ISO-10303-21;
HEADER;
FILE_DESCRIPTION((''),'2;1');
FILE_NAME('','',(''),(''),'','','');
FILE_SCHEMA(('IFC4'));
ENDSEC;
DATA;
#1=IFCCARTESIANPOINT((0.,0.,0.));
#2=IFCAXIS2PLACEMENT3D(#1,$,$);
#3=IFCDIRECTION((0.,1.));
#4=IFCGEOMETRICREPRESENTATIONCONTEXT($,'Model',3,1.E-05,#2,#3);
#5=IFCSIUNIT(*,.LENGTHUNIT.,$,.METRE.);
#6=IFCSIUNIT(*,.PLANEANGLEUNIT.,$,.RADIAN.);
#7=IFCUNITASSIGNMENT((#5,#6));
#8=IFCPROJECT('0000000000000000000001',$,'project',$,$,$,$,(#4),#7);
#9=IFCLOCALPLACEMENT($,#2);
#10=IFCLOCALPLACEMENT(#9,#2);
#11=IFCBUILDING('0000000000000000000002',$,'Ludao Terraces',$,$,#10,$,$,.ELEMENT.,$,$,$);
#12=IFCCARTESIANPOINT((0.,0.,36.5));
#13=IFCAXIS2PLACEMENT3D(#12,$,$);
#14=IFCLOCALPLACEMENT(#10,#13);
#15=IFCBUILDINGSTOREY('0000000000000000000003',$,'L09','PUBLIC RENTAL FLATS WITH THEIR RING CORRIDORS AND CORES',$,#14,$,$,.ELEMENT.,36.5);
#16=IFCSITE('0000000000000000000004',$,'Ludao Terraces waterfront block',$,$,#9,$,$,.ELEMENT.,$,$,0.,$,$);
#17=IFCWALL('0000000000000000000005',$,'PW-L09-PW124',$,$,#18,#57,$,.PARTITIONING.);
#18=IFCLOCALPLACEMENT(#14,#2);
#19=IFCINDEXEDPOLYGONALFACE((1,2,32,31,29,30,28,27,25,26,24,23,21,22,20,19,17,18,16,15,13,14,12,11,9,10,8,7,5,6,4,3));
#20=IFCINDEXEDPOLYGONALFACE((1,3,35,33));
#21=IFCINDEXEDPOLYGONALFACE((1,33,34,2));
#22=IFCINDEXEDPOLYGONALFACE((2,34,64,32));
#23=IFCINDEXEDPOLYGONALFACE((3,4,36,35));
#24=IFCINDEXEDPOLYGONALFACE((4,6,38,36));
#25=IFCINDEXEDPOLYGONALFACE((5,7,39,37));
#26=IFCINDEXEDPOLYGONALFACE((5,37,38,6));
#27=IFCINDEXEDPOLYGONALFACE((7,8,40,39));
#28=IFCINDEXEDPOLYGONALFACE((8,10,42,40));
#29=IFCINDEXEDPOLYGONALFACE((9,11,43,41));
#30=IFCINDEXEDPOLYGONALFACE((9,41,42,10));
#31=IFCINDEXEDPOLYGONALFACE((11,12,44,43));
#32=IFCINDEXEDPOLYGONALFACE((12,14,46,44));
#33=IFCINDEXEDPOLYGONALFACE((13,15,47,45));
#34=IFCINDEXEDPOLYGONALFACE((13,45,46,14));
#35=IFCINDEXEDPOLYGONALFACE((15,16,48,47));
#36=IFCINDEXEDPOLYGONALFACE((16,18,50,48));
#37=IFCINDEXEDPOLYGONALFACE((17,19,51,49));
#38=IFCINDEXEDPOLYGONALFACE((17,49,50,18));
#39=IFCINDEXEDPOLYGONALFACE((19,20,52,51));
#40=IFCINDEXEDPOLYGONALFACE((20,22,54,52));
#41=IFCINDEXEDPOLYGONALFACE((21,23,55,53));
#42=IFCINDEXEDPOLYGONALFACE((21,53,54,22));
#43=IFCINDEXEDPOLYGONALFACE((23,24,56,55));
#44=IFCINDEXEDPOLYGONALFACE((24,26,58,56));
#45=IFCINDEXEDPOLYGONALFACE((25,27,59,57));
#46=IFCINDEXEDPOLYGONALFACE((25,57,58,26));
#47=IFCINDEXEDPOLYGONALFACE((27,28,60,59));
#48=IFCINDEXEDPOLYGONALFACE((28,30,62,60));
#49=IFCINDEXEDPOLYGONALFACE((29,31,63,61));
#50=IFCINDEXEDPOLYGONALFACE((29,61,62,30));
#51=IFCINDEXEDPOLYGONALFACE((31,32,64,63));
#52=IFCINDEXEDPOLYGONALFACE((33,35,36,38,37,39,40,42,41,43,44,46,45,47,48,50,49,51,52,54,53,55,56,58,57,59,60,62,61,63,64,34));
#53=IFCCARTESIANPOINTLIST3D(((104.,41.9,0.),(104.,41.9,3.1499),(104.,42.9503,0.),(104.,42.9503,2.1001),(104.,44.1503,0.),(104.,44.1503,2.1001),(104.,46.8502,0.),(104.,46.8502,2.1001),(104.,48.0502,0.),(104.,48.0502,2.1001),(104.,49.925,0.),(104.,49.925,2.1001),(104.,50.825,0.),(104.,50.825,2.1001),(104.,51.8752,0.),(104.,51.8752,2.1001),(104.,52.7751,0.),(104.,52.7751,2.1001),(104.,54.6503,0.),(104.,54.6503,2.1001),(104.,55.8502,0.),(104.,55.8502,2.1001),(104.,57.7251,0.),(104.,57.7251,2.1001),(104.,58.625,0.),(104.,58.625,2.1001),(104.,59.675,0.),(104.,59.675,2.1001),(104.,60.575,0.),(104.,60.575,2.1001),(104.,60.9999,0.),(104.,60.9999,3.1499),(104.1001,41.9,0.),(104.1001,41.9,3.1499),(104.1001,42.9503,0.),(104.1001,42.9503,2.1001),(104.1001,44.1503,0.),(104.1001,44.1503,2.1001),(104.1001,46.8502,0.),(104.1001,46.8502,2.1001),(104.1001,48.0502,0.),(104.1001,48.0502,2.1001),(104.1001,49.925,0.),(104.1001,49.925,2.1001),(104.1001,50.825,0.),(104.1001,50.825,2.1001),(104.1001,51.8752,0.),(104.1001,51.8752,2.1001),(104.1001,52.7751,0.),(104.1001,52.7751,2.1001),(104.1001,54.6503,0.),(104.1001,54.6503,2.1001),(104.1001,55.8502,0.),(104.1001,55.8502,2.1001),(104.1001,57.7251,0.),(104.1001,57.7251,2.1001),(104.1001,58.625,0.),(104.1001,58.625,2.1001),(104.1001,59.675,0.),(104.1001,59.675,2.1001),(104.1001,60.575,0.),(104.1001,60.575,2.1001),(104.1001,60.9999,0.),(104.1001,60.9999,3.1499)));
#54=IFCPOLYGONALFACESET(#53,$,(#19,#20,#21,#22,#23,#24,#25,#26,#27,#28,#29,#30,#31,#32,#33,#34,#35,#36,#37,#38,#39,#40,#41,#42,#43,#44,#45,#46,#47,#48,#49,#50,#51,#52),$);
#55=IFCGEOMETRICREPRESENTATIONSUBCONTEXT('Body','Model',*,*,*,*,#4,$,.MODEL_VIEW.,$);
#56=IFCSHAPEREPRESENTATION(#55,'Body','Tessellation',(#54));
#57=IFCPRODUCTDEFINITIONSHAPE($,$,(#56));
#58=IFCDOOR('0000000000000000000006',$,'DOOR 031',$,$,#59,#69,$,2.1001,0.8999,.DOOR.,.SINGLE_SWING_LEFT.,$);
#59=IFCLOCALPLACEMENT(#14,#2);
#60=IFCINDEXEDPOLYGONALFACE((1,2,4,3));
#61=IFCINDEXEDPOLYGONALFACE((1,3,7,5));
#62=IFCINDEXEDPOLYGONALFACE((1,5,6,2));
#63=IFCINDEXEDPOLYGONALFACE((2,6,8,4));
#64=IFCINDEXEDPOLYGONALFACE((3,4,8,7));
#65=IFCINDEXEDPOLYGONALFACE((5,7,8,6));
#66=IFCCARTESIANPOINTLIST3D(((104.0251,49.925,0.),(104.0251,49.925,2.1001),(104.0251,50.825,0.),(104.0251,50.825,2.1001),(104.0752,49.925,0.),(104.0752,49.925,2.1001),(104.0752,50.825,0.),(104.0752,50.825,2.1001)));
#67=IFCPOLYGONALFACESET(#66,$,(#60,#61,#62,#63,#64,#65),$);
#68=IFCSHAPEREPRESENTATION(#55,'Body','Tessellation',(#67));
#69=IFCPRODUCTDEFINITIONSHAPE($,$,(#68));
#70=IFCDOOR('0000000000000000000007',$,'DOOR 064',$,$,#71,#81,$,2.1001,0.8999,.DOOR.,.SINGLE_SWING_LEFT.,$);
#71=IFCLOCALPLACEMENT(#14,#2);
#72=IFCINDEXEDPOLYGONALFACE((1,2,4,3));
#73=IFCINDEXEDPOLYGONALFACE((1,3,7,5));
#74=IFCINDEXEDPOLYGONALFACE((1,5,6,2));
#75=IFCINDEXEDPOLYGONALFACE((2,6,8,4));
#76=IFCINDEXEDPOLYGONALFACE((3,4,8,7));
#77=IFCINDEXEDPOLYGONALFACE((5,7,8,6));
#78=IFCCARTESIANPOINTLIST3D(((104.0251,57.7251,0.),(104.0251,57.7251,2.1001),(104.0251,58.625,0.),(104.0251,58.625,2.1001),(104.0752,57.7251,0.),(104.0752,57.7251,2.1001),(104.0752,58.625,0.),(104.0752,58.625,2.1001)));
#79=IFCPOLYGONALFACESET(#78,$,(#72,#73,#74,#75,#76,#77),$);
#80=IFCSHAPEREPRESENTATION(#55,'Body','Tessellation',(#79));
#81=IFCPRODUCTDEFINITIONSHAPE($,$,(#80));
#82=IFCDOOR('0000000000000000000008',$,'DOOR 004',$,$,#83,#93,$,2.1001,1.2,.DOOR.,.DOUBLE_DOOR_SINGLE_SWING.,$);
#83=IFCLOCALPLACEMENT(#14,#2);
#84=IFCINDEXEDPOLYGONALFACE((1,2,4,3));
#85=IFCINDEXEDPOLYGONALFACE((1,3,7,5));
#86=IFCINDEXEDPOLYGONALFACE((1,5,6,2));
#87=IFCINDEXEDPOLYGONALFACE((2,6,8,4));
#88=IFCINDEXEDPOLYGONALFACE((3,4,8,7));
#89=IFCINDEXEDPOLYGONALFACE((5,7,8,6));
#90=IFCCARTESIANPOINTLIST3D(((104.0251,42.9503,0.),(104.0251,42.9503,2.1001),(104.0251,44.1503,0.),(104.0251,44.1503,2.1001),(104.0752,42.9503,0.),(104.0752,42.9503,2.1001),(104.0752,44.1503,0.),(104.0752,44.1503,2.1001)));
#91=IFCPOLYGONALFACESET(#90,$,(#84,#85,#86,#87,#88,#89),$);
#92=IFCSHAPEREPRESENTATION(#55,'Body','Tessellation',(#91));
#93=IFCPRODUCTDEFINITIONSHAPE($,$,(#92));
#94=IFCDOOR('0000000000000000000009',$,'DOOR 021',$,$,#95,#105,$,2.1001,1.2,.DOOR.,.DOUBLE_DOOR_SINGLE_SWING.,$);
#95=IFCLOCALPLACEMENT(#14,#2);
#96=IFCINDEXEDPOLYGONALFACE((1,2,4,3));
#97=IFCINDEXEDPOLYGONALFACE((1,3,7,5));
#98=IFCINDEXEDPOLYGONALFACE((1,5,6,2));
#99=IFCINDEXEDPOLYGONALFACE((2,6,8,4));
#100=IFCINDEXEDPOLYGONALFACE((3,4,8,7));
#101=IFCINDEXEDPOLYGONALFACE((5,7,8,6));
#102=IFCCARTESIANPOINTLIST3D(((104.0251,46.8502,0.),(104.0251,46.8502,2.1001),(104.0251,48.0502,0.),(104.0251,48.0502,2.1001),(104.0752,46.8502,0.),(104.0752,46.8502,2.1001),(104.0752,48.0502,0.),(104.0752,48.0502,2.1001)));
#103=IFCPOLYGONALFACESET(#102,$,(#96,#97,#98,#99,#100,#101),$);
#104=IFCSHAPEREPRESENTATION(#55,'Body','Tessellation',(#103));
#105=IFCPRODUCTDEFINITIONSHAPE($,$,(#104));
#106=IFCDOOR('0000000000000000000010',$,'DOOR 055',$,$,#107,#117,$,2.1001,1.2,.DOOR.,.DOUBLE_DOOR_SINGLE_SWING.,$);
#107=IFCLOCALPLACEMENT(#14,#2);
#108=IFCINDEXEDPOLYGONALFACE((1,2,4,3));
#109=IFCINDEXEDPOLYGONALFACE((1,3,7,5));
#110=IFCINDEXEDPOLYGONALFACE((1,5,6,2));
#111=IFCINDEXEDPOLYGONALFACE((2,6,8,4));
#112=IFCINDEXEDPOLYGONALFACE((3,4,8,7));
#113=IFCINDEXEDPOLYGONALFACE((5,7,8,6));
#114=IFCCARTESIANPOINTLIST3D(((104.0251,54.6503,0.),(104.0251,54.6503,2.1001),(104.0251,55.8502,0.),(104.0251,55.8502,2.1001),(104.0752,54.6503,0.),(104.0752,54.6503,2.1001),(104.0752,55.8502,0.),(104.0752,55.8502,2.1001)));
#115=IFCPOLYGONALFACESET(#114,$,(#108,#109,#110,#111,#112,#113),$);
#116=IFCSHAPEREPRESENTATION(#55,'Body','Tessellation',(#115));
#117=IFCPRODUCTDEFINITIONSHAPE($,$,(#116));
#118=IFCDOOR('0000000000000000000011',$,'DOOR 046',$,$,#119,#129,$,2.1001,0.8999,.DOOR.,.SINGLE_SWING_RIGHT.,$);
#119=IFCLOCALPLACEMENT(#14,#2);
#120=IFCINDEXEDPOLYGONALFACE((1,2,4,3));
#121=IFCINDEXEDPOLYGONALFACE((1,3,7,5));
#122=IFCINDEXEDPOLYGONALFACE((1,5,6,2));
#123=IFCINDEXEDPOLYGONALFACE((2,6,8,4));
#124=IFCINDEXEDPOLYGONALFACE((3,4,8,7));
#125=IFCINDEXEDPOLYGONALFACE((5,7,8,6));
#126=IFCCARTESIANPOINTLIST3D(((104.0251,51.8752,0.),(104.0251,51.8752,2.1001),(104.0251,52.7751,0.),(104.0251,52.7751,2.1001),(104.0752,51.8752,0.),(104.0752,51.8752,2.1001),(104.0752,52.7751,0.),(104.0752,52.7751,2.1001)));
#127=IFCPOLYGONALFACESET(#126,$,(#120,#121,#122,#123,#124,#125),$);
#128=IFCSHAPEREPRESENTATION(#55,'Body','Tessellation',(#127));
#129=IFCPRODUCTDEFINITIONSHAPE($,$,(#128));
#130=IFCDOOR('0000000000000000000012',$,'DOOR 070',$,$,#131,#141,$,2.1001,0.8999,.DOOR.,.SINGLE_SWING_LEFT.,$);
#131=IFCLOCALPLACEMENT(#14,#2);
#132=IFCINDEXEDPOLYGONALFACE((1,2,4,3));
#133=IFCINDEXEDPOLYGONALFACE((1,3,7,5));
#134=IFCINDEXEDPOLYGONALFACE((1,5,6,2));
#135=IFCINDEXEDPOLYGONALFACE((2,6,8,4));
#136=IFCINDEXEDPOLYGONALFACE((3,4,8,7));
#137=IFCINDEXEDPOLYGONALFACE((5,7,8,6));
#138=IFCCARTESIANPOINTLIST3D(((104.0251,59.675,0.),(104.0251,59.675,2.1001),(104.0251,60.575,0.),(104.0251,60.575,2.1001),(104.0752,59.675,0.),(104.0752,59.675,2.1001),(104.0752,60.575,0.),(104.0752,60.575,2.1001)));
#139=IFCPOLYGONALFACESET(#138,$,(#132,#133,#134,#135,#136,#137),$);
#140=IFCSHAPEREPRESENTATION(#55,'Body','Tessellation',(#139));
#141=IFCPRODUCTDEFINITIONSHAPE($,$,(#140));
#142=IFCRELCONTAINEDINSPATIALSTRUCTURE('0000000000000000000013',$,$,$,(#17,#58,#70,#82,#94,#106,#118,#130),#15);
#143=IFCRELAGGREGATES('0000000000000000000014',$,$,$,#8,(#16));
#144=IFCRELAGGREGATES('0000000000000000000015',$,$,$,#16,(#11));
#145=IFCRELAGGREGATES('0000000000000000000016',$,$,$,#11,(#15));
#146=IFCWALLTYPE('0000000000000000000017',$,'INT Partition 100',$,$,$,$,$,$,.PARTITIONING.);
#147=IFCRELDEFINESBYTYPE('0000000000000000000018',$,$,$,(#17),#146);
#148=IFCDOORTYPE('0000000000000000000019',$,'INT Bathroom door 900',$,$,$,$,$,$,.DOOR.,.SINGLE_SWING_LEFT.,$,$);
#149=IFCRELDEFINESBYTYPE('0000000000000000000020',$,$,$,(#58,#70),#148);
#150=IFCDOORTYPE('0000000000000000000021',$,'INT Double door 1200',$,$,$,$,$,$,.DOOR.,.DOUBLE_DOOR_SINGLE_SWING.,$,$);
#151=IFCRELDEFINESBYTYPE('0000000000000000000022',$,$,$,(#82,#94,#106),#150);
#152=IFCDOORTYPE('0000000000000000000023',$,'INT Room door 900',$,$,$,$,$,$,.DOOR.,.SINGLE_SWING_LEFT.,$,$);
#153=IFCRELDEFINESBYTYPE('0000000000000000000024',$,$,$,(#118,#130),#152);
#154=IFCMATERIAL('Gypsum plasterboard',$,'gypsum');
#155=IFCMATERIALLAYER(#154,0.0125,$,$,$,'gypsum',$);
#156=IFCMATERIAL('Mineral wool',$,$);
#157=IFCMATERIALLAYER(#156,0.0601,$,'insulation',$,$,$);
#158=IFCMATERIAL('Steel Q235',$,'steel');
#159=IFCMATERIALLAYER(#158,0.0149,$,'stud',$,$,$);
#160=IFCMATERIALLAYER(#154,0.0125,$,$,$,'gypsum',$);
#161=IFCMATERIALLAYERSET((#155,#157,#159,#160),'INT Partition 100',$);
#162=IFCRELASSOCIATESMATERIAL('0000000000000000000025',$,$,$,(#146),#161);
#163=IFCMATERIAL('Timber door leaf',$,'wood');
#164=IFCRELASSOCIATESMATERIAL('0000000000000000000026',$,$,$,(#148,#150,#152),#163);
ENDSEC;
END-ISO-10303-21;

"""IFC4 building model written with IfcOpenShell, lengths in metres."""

from ifc_helpers import new_model, si_unit, direction, frame, frame_2d, origin, place, context, subcontext, project, spatial, rectangle, extrude, material, layer, layer_set, type_object, element, fill, save


model = new_model("IFC4")

# Units and contexts
model_context = context("Model", 3, precision=1e-05, world=origin(), true_north=direction((0.0, 1.0)))
body_context = subcontext(model_context, "Body", "Model", "MODEL_VIEW")
ifc_project = project(units=[si_unit("LENGTHUNIT", "METRE"), si_unit("PLANEANGLEUNIT", "RADIAN")], contexts=[model_context])

# Site, building, storey
site_placement = place(None, origin())
site = spatial("IfcSite", under=ifc_project, at=site_placement, Name="Ludao Terraces waterfront block", CompositionType="ELEMENT", RefElevation=0.0)
building_placement = place(site_placement, origin())
building = spatial("IfcBuilding", under=site, at=building_placement, Name="Ludao Terraces", CompositionType="ELEMENT")
storey_placement = place(building_placement, frame((0.0, 0.0, 36.5)))
storey = spatial("IfcBuildingStorey", under=building, at=storey_placement, Name="L09", Description="PUBLIC RENTAL FLATS WITH THEIR RING CORRIDORS AND CORES", CompositionType="ELEMENT", Elevation=36.5)

# Shared definitions
ifc_material_1 = material(Name="Mineral wool")

# Wall, openings, doors
ifc_material_2 = material(Name="Gypsum plasterboard", Category="gypsum")
ifc_layer_1 = layer(ifc_material_2, 0.0125, Category="gypsum")
ifc_layer_2 = layer(ifc_material_1, 0.0601, Name="insulation")
ifc_material_3 = material(Name="Steel Q235", Category="steel")
ifc_layer_3 = layer(ifc_material_3, 0.0149, Name="stud")
ifc_layer_4 = layer(ifc_material_2, 0.0125, Category="gypsum")
ifc_layer_set_1 = layer_set([ifc_layer_1, ifc_layer_2, ifc_layer_3, ifc_layer_4], Name="INT Partition 100")
wall_type_1 = type_object("IfcWallType", Name="INT Partition 100", PredefinedType="PARTITIONING", material=ifc_layer_set_1)
wall_1_placement = place(storey_placement, frame((104.05, 41.9001, 0.0), z_axis=(0.0, 0.0, 1.0), x_axis=(0.0, 1.0, 0.0)))
wall_1 = element("IfcWall", 1, at=wall_1_placement, inside=storey, type_object=wall_type_1, Name="PW-L09-PW124", PredefinedType="PARTITIONING", context=body_context, shape_type="SweptSolid", body=[
    extrude(rectangle(XDim=19.0999, YDim=0.1001, at=frame_2d((9.5498, 0.0))), origin(), (0.0, 0.0, 1.0), 3.1499),
])
opening_1_placement = place(wall_1_placement, frame((1.05, 0.0, 0.0)))
opening_1 = element("IfcOpeningElement", 2, at=opening_1_placement, cuts=wall_1, PredefinedType="OPENING", context=body_context, shape_type="SweptSolid", body=[
    extrude(rectangle(XDim=1.2, YDim=2.1001, at=frame_2d((0.6001, 1.05))), frame((0.0, 0.0601, 0.0), z_axis=(0.0, -1.0, 0.0), x_axis=(1.0, 0.0, 0.0)), (0.0, 0.0, 1.0), 0.1201),
])
opening_2_placement = place(wall_1_placement, frame((4.95, 0.0, 0.0)))
opening_2 = element("IfcOpeningElement", 3, at=opening_2_placement, cuts=wall_1, PredefinedType="OPENING", context=body_context, shape_type="SweptSolid", body=[
    extrude(rectangle(XDim=1.2, YDim=2.1001, at=frame_2d((0.6001, 1.05))), frame((0.0, 0.0601, 0.0), z_axis=(0.0, -1.0, 0.0), x_axis=(1.0, 0.0, 0.0)), (0.0, 0.0, 1.0), 0.1201),
])
opening_3_placement = place(wall_1_placement, frame((8.0249, 0.0, 0.0)))
opening_3 = element("IfcOpeningElement", 4, at=opening_3_placement, cuts=wall_1, PredefinedType="OPENING", context=body_context, shape_type="SweptSolid", body=[
    extrude(rectangle(XDim=0.8999, YDim=2.1001, at=frame_2d((0.45, 1.05))), frame((0.0, 0.0601, 0.0), z_axis=(0.0, -1.0, 0.0), x_axis=(1.0, 0.0, 0.0)), (0.0, 0.0, 1.0), 0.1201),
])
opening_4_placement = place(wall_1_placement, frame((9.9751, 0.0, 0.0)))
opening_4 = element("IfcOpeningElement", 5, at=opening_4_placement, cuts=wall_1, PredefinedType="OPENING", context=body_context, shape_type="SweptSolid", body=[
    extrude(rectangle(XDim=0.8999, YDim=2.1001, at=frame_2d((0.45, 1.05))), frame((0.0, 0.0601, 0.0), z_axis=(0.0, -1.0, 0.0), x_axis=(1.0, 0.0, 0.0)), (0.0, 0.0, 1.0), 0.1201),
])
opening_5_placement = place(wall_1_placement, frame((12.75, 0.0, 0.0)))
opening_5 = element("IfcOpeningElement", 6, at=opening_5_placement, cuts=wall_1, PredefinedType="OPENING", context=body_context, shape_type="SweptSolid", body=[
    extrude(rectangle(XDim=1.2, YDim=2.1001, at=frame_2d((0.6001, 1.05))), frame((0.0, 0.0601, 0.0), z_axis=(0.0, -1.0, 0.0), x_axis=(1.0, 0.0, 0.0)), (0.0, 0.0, 1.0), 0.1201),
])
opening_6_placement = place(wall_1_placement, frame((15.825, 0.0, 0.0)))
opening_6 = element("IfcOpeningElement", 7, at=opening_6_placement, cuts=wall_1, PredefinedType="OPENING", context=body_context, shape_type="SweptSolid", body=[
    extrude(rectangle(XDim=0.8999, YDim=2.1001, at=frame_2d((0.45, 1.05))), frame((0.0, 0.0601, 0.0), z_axis=(0.0, -1.0, 0.0), x_axis=(1.0, 0.0, 0.0)), (0.0, 0.0, 1.0), 0.1201),
])
opening_7_placement = place(wall_1_placement, frame((17.7749, 0.0, 0.0)))
opening_7 = element("IfcOpeningElement", 8, at=opening_7_placement, cuts=wall_1, PredefinedType="OPENING", context=body_context, shape_type="SweptSolid", body=[
    extrude(rectangle(XDim=0.8999, YDim=2.1001, at=frame_2d((0.45, 1.05))), frame((0.0, 0.0601, 0.0), z_axis=(0.0, -1.0, 0.0), x_axis=(1.0, 0.0, 0.0)), (0.0, 0.0, 1.0), 0.1201),
])
ifc_material_4 = material(Name="Timber door leaf", Category="wood")
door_type_1 = type_object("IfcDoorType", Name="INT Bathroom door 900", OperationType="SINGLE_SWING_LEFT", PredefinedType="DOOR", material=ifc_material_4)
door_1_placement = place(opening_3_placement, origin())
door_1 = element("IfcDoor", 9, at=door_1_placement, inside=storey, type_object=door_type_1, Name="DOOR 031", OperationType="SINGLE_SWING_LEFT", OverallHeight=2.1001, OverallWidth=0.8999, PredefinedType="DOOR", context=body_context, shape_type="SweptSolid", body=[
    extrude(rectangle(XDim=0.8999, YDim=2.1001, at=frame_2d((0.45, 1.05))), frame((0.0, 0.0249, 0.0), z_axis=(0.0, -1.0, 0.0), x_axis=(1.0, 0.0, 0.0)), (0.0, 0.0, 1.0), 0.05),
])
fill(opening_3, door_1)
door_2_placement = place(opening_6_placement, origin())
door_2 = element("IfcDoor", 10, at=door_2_placement, inside=storey, type_object=door_type_1, Name="DOOR 064", OperationType="SINGLE_SWING_LEFT", OverallHeight=2.1001, OverallWidth=0.8999, PredefinedType="DOOR", context=body_context, shape_type="SweptSolid", body=[
    extrude(rectangle(XDim=0.8999, YDim=2.1001, at=frame_2d((0.45, 1.05))), frame((0.0, 0.0249, 0.0), z_axis=(0.0, -1.0, 0.0), x_axis=(1.0, 0.0, 0.0)), (0.0, 0.0, 1.0), 0.05),
])
fill(opening_6, door_2)
door_type_2 = type_object("IfcDoorType", Name="INT Double door 1200", OperationType="DOUBLE_DOOR_SINGLE_SWING", PredefinedType="DOOR", material=ifc_material_4)
door_3_placement = place(opening_1_placement, origin())
door_3 = element("IfcDoor", 11, at=door_3_placement, inside=storey, type_object=door_type_2, Name="DOOR 004", OperationType="DOUBLE_DOOR_SINGLE_SWING", OverallHeight=2.1001, OverallWidth=1.2, PredefinedType="DOOR", context=body_context, shape_type="SweptSolid", body=[
    extrude(rectangle(XDim=1.2, YDim=2.1001, at=frame_2d((0.6001, 1.05))), frame((0.0, 0.0249, 0.0), z_axis=(0.0, -1.0, 0.0), x_axis=(1.0, 0.0, 0.0)), (0.0, 0.0, 1.0), 0.05),
])
fill(opening_1, door_3)
door_4_placement = place(opening_2_placement, origin())
door_4 = element("IfcDoor", 12, at=door_4_placement, inside=storey, type_object=door_type_2, Name="DOOR 021", OperationType="DOUBLE_DOOR_SINGLE_SWING", OverallHeight=2.1001, OverallWidth=1.2, PredefinedType="DOOR", context=body_context, shape_type="SweptSolid", body=[
    extrude(rectangle(XDim=1.2, YDim=2.1001, at=frame_2d((0.6001, 1.05))), frame((0.0, 0.0249, 0.0), z_axis=(0.0, -1.0, 0.0), x_axis=(1.0, 0.0, 0.0)), (0.0, 0.0, 1.0), 0.05),
])
fill(opening_2, door_4)
door_5_placement = place(opening_5_placement, origin())
door_5 = element("IfcDoor", 13, at=door_5_placement, inside=storey, type_object=door_type_2, Name="DOOR 055", OperationType="DOUBLE_DOOR_SINGLE_SWING", OverallHeight=2.1001, OverallWidth=1.2, PredefinedType="DOOR", context=body_context, shape_type="SweptSolid", body=[
    extrude(rectangle(XDim=1.2, YDim=2.1001, at=frame_2d((0.6001, 1.05))), frame((0.0, 0.0249, 0.0), z_axis=(0.0, -1.0, 0.0), x_axis=(1.0, 0.0, 0.0)), (0.0, 0.0, 1.0), 0.05),
])
fill(opening_5, door_5)
door_type_3 = type_object("IfcDoorType", Name="INT Room door 900", OperationType="SINGLE_SWING_LEFT", PredefinedType="DOOR", material=ifc_material_4)
door_6_placement = place(opening_4_placement, origin())
door_6 = element("IfcDoor", 14, at=door_6_placement, inside=storey, type_object=door_type_3, Name="DOOR 046", OperationType="SINGLE_SWING_RIGHT", OverallHeight=2.1001, OverallWidth=0.8999, PredefinedType="DOOR", context=body_context, shape_type="SweptSolid", body=[
    extrude(rectangle(XDim=0.8999, YDim=2.1001, at=frame_2d((0.45, 1.05))), frame((0.0, 0.0249, 0.0), z_axis=(0.0, -1.0, 0.0), x_axis=(1.0, 0.0, 0.0)), (0.0, 0.0, 1.0), 0.05),
])
fill(opening_4, door_6)
door_7_placement = place(opening_7_placement, origin())
door_7 = element("IfcDoor", 15, at=door_7_placement, inside=storey, type_object=door_type_3, Name="DOOR 070", OperationType="SINGLE_SWING_LEFT", OverallHeight=2.1001, OverallWidth=0.8999, PredefinedType="DOOR", context=body_context, shape_type="SweptSolid", body=[
    extrude(rectangle(XDim=0.8999, YDim=2.1001, at=frame_2d((0.45, 1.05))), frame((0.0, 0.0249, 0.0), z_axis=(0.0, -1.0, 0.0), x_axis=(1.0, 0.0, 0.0)), (0.0, 0.0, 1.0), 0.05),
])
fill(opening_7, door_7)

save(model, "model.ifc")
